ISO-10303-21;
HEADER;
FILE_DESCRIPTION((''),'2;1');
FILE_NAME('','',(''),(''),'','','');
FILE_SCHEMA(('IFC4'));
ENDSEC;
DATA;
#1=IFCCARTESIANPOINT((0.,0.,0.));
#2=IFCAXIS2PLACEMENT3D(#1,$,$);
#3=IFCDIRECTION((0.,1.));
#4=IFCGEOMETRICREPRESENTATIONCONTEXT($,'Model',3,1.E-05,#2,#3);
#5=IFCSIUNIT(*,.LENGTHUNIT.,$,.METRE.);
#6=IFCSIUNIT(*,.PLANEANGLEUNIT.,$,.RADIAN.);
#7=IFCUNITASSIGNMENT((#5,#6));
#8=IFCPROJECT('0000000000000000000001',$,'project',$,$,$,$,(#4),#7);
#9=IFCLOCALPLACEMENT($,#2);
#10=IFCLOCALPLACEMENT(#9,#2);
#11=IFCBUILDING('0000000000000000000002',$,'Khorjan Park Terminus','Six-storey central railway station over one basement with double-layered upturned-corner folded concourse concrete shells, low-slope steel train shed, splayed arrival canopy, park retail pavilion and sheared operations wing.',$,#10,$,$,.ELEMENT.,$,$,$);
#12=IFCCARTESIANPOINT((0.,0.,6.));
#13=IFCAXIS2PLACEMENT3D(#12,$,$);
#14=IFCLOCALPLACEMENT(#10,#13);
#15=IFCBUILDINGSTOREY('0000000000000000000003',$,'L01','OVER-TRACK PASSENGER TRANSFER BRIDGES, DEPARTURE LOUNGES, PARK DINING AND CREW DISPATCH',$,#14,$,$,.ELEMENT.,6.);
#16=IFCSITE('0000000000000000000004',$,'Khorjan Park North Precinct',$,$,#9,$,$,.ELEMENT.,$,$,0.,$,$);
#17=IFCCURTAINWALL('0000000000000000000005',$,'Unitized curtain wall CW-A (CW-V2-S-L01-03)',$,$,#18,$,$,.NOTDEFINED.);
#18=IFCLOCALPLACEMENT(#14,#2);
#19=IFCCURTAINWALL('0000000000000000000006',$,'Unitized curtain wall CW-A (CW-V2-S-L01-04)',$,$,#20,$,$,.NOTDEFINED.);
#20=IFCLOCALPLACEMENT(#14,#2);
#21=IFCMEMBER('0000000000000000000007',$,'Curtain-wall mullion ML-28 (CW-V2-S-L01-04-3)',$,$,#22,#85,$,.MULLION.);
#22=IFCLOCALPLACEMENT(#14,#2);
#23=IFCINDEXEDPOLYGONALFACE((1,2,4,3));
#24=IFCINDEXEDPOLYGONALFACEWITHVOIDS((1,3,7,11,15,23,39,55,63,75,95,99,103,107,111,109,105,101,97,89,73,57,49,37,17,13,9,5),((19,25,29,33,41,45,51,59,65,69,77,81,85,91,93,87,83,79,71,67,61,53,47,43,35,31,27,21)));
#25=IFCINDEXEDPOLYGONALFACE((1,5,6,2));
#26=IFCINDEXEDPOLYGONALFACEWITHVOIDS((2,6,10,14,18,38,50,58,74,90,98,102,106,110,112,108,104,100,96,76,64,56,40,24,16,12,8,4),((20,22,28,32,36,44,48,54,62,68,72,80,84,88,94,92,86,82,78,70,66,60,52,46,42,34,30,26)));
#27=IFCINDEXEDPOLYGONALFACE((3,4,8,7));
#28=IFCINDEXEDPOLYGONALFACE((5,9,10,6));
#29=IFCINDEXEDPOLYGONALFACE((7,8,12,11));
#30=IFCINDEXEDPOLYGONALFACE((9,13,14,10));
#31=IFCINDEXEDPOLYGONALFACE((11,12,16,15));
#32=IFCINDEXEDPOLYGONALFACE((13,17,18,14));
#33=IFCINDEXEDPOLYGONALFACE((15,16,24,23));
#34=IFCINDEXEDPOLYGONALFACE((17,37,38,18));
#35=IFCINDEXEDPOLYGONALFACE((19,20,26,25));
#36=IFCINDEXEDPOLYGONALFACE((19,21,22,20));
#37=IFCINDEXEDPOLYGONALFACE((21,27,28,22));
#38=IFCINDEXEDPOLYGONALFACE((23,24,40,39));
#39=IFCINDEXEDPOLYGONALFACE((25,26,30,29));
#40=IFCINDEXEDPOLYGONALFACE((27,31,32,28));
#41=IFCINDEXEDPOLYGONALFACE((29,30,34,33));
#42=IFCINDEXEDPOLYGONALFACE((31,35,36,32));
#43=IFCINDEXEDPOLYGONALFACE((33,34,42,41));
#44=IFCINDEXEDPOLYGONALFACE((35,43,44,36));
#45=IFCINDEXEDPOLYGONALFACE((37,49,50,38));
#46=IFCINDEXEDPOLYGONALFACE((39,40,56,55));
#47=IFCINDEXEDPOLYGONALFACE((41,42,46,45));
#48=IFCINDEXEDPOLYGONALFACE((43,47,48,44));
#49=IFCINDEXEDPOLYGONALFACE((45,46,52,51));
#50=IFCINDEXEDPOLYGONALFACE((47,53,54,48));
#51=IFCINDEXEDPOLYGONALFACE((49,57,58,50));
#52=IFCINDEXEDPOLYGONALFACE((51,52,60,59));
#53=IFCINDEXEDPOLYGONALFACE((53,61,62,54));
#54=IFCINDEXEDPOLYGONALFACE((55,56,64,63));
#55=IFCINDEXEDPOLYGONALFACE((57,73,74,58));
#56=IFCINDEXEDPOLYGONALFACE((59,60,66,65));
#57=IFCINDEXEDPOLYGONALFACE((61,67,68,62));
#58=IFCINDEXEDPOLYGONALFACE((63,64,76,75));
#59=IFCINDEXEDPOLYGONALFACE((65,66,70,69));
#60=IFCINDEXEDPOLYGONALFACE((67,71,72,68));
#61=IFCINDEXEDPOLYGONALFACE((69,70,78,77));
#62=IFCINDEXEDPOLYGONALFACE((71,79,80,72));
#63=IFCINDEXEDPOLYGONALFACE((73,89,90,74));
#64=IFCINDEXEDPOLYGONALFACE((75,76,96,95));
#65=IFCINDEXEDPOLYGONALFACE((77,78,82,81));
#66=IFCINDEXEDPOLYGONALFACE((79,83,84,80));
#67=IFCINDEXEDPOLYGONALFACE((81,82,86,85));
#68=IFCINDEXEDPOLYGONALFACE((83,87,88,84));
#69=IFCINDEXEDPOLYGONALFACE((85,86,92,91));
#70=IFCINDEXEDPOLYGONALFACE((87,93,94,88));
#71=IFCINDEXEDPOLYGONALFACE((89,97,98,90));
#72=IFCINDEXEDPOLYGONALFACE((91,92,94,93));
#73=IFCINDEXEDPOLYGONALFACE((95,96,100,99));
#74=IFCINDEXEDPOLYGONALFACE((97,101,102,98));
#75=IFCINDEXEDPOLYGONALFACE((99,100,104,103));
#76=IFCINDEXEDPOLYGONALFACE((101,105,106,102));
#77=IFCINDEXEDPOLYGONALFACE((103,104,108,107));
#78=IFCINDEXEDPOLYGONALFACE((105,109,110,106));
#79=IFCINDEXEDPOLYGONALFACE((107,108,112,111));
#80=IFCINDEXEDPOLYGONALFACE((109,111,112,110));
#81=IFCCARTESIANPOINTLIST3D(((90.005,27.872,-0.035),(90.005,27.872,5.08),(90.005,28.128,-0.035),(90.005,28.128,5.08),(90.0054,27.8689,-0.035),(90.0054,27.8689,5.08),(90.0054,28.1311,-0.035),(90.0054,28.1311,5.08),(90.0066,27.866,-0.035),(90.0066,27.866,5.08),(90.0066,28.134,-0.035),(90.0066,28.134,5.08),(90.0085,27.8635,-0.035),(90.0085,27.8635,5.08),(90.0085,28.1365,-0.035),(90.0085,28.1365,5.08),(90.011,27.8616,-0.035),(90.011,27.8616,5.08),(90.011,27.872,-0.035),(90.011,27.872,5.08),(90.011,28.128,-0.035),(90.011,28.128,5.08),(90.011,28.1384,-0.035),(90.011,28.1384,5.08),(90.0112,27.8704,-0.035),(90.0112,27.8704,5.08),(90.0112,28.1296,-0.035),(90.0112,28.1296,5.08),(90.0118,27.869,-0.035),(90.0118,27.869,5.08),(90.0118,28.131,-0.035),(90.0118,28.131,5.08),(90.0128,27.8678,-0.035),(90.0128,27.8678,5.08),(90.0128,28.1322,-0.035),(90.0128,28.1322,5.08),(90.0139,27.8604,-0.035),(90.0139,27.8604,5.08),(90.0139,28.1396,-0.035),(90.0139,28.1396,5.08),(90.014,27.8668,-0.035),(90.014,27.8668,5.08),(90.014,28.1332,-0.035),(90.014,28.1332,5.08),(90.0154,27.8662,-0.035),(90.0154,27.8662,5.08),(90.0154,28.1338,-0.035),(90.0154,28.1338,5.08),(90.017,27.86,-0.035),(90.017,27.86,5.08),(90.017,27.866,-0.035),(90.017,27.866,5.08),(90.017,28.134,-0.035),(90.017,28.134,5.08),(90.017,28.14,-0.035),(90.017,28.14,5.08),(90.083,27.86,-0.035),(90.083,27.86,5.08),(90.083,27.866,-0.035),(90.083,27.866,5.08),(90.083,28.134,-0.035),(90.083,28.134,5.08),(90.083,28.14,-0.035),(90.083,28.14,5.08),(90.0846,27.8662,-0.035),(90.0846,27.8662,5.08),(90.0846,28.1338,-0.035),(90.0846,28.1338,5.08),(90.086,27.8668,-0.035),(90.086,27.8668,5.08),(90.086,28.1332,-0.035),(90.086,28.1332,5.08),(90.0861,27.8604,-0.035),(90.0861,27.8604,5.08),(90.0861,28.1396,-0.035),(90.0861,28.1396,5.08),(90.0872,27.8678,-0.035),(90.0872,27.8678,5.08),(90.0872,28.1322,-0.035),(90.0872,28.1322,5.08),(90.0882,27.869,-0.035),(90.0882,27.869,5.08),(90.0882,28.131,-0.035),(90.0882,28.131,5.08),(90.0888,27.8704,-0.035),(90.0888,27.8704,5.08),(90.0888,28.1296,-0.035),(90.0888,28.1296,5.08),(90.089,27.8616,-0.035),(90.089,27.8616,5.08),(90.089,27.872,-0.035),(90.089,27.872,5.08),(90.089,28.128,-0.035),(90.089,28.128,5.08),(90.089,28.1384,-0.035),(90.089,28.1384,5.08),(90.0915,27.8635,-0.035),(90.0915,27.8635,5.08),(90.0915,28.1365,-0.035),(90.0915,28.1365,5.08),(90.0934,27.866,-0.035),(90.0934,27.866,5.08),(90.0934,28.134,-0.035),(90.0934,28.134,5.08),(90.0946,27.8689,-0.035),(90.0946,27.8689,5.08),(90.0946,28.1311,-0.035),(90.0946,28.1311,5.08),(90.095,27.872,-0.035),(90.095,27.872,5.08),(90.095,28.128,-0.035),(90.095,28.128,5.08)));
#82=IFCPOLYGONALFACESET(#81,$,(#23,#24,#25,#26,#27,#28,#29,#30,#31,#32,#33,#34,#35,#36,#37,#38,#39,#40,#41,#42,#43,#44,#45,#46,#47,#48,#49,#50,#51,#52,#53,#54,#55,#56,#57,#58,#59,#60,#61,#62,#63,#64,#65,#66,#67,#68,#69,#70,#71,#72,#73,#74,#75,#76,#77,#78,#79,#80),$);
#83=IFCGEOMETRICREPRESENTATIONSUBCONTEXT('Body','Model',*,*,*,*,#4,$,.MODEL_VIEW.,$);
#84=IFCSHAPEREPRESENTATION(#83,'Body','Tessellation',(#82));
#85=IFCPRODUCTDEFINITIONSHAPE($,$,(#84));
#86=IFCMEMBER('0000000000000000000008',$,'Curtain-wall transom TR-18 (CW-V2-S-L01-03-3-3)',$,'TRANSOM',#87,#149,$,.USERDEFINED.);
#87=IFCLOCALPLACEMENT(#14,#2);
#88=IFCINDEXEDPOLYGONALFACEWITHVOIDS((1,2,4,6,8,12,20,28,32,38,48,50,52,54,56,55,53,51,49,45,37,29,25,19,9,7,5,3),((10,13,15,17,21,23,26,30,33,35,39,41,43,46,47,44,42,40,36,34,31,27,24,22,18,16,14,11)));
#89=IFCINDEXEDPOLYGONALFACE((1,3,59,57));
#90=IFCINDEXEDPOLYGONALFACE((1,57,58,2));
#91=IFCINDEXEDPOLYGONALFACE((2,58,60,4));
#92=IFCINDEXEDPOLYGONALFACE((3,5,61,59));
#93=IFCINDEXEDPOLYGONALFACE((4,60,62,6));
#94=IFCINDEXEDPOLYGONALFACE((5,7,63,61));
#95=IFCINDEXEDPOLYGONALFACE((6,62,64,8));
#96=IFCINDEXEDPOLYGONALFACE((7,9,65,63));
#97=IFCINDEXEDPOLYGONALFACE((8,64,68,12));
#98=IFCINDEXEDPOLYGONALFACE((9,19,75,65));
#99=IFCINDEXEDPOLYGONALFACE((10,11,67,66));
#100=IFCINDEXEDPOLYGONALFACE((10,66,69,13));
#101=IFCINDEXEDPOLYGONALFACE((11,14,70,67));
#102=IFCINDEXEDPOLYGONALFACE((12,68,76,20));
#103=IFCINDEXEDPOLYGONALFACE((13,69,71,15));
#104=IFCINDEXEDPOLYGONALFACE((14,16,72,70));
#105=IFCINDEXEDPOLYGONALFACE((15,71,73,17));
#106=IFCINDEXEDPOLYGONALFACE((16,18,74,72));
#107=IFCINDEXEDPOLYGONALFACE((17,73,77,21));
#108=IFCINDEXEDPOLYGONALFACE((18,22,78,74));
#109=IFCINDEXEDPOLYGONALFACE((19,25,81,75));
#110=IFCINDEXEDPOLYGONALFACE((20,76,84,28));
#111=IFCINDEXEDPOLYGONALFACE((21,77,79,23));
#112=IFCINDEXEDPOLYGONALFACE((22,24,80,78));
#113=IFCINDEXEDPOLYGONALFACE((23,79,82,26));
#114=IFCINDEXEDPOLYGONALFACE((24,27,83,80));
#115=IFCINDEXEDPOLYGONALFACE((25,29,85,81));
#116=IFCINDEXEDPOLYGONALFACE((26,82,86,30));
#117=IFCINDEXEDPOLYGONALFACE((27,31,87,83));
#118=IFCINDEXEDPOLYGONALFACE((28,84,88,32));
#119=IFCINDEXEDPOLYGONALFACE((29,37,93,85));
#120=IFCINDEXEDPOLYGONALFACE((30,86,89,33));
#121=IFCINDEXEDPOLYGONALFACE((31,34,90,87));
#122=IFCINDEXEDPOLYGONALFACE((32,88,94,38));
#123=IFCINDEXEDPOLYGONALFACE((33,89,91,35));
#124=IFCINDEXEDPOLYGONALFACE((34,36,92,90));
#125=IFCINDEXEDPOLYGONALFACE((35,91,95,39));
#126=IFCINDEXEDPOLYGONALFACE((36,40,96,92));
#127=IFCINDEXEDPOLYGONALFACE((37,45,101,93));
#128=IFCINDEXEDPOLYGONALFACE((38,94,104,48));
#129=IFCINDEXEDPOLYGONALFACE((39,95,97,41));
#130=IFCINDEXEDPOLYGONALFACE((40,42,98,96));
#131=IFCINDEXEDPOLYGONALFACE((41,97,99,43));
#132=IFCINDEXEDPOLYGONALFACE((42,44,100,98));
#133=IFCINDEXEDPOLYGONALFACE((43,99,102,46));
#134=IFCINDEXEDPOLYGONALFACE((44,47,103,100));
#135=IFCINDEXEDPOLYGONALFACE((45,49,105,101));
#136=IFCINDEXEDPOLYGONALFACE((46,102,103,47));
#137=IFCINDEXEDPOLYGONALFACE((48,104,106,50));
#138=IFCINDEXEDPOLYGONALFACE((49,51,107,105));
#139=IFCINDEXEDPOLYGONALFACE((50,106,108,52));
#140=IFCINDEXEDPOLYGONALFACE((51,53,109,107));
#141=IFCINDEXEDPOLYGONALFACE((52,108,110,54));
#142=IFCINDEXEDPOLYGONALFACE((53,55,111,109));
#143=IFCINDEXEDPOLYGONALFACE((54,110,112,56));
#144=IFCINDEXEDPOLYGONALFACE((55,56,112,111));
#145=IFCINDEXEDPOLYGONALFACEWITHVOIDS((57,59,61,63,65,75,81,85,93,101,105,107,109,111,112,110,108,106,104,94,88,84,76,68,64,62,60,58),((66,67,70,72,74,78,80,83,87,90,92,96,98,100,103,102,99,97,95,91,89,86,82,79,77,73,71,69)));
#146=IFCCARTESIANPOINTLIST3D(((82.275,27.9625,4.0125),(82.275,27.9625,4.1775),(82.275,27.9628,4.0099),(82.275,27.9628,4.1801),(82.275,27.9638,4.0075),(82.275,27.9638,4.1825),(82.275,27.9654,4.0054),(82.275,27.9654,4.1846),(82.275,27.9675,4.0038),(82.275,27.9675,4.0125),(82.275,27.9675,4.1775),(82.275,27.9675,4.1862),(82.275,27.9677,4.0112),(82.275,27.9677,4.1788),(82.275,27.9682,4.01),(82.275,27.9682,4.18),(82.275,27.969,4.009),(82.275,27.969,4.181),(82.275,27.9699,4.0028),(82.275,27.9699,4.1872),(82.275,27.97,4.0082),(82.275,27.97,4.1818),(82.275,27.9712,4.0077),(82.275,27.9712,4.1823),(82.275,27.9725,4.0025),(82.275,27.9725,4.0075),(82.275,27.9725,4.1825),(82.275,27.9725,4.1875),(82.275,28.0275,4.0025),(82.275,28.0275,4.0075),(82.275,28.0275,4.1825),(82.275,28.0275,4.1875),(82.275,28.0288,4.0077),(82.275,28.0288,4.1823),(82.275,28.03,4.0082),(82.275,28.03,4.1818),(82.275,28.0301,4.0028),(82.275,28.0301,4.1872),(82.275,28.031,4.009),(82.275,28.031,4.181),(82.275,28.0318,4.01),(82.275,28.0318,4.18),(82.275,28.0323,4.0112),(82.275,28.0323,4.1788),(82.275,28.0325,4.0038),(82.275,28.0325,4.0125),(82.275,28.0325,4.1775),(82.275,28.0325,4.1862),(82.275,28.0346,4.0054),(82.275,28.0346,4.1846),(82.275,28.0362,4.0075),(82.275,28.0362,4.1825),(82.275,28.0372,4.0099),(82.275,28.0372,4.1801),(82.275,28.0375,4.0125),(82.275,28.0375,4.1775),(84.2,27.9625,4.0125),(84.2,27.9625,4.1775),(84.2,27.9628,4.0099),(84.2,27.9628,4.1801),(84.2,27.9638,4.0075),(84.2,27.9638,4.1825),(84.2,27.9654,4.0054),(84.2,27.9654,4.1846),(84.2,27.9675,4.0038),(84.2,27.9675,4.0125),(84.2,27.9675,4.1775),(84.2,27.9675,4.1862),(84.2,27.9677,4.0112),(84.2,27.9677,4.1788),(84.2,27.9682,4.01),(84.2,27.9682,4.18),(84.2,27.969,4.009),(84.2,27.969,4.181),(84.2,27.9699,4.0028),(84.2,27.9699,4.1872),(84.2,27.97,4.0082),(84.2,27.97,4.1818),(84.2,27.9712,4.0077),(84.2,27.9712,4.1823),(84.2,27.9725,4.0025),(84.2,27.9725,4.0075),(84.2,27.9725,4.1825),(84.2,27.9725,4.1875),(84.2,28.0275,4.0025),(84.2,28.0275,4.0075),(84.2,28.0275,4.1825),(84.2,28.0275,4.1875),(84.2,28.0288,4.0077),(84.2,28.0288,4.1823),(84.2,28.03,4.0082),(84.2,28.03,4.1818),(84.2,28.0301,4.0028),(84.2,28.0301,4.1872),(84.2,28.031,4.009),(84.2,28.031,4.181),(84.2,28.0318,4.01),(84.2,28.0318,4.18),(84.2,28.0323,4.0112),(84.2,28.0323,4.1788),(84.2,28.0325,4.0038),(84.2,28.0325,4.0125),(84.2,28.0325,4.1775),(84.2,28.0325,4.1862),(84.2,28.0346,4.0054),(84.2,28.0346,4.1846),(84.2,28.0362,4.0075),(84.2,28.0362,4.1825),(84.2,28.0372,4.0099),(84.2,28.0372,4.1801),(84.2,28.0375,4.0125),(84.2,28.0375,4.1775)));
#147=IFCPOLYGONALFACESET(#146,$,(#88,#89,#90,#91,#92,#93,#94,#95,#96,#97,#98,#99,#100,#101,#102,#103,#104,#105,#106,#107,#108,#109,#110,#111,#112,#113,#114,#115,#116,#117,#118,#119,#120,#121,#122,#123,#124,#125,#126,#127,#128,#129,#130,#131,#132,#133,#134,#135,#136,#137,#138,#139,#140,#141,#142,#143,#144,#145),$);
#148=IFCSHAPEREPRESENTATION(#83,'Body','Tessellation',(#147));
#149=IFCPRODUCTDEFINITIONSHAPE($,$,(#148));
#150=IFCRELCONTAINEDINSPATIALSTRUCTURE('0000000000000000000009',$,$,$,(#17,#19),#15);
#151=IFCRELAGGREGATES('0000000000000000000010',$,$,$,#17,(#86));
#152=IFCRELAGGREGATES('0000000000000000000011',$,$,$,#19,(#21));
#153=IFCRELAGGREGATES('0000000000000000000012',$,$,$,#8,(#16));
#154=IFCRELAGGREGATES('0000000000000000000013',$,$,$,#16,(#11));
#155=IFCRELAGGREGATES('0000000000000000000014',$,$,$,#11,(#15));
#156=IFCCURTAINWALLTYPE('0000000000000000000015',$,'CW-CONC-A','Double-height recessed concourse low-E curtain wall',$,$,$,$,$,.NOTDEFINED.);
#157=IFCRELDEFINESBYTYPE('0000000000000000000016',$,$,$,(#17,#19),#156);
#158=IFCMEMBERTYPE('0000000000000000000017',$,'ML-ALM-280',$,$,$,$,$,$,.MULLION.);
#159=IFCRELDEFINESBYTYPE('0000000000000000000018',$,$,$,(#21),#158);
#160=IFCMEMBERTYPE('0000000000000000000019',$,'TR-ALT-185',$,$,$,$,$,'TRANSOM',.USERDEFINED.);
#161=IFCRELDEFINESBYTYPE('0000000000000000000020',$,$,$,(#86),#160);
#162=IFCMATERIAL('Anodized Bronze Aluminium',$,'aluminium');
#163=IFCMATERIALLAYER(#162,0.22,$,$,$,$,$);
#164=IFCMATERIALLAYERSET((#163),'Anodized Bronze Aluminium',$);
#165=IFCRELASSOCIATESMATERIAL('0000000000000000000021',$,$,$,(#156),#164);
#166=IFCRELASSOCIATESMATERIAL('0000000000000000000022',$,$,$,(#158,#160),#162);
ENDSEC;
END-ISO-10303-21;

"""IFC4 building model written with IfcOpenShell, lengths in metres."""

from ifc_helpers import new_model, si_unit, direction, frame, origin, origin_2d, place, context, subcontext, project, spatial, hollow_rectangle, extrude, material, layer, layer_set, material_profile, profile_set, type_object, element, aggregate, save


model = new_model("IFC4")

# Units and contexts
model_context = context("Model", 3, precision=1e-05, world=origin(), true_north=direction((0.0, 1.0)))
body_context = subcontext(model_context, "Body", "Model", "MODEL_VIEW")
ifc_project = project(units=[si_unit("LENGTHUNIT", "METRE"), si_unit("PLANEANGLEUNIT", "RADIAN")], contexts=[model_context])

# Site, building, storey
site_placement = place(None, origin())
site = spatial("IfcSite", under=ifc_project, at=site_placement, Name="Khorjan Park North Precinct", CompositionType="ELEMENT", RefElevation=0.0)
building_placement = place(site_placement, origin())
building = spatial("IfcBuilding", under=site, at=building_placement, Name="Khorjan Park Terminus", Description="Six-storey central railway station over one basement with double-layered upturned-corner folded concourse concrete shells, low-slope steel train shed, splayed arrival canopy, park retail pavilion and sheared operations wing.", CompositionType="ELEMENT")
storey_placement = place(building_placement, frame((0.0, 0.0, 6.0)))
storey = spatial("IfcBuildingStorey", under=building, at=storey_placement, Name="L01", Description="OVER-TRACK PASSENGER TRANSFER BRIDGES, DEPARTURE LOUNGES, PARK DINING AND CREW DISPATCH", CompositionType="ELEMENT", Elevation=6.0)

# Curtain wall
ifc_material_1 = material(Name="Anodized Bronze Aluminium", Category="aluminium")
ifc_layer_1 = layer(ifc_material_1, 0.22)
ifc_layer_set_1 = layer_set([ifc_layer_1], Name="Anodized Bronze Aluminium")
curtain_wall_type = type_object("IfcCurtainWallType", Name="CW-CONC-A", Description="Double-height recessed concourse low-E curtain wall", PredefinedType="NOTDEFINED", material=ifc_layer_set_1)
curtain_wall_1_placement = place(storey_placement, origin())
curtain_wall_1 = element("IfcCurtainWall", 1, at=curtain_wall_1_placement, inside=storey, type_object=curtain_wall_type, Name="Unitized curtain wall CW-A (CW-V2-S-L01-03)", PredefinedType="NOTDEFINED")
ifc_material_profile_1 = material_profile(ifc_material_1, hollow_rectangle(XDim=0.09, YDim=0.28, WallThickness=0.006, InnerFilletRadius=0.006, OuterFilletRadius=0.012, at=origin_2d()), Name="ALM 90x280x6")
ifc_profile_set_1 = profile_set([ifc_material_profile_1], Name="Anodized Bronze Aluminium")
member_type_1 = type_object("IfcMemberType", Name="ML-ALM-280", PredefinedType="MULLION", material=ifc_profile_set_1)

# Curtain wall, member
curtain_wall_2_placement = place(storey_placement, origin())
curtain_wall_2 = element("IfcCurtainWall", 2, at=curtain_wall_2_placement, inside=storey, type_object=curtain_wall_type, Name="Unitized curtain wall CW-A (CW-V2-S-L01-04)", PredefinedType="NOTDEFINED")
member_1_placement = place(storey_placement, frame((90.05, 28.0, -0.035), z_axis=(0.0, 0.0, 1.0), x_axis=(1.0, 0.0, 0.0)))
member_1 = element("IfcMember", 3, at=member_1_placement, type_object=member_type_1, Name="Curtain-wall mullion ML-28 (CW-V2-S-L01-04-3)", PredefinedType="MULLION", context=body_context, shape_type="SweptSolid", body=[
    extrude(hollow_rectangle(XDim=0.09, YDim=0.28, WallThickness=0.006, InnerFilletRadius=0.006, OuterFilletRadius=0.012, at=origin_2d()), origin(), (0.0, 0.0, 1.0), 5.115),
])

# Member
ifc_material_profile_2 = material_profile(ifc_material_1, hollow_rectangle(XDim=0.075, YDim=0.185, WallThickness=0.005, InnerFilletRadius=0.005, OuterFilletRadius=0.01, at=origin_2d()), Name="ALT 75x185x5")
ifc_profile_set_2 = profile_set([ifc_material_profile_2], Name="Anodized Bronze Aluminium")
member_type_2 = type_object("IfcMemberType", Name="TR-ALT-185", ElementType="TRANSOM", PredefinedType="USERDEFINED", material=ifc_profile_set_2)
member_2_placement = place(storey_placement, frame((82.275, 28.0, 4.095), z_axis=(1.0, 0.0, 0.0), x_axis=(0.0, 1.0, 0.0)))
member_2 = element("IfcMember", 4, at=member_2_placement, type_object=member_type_2, Name="Curtain-wall transom TR-18 (CW-V2-S-L01-03-3-3)", ObjectType="TRANSOM", PredefinedType="USERDEFINED", context=body_context, shape_type="SweptSolid", body=[
    extrude(hollow_rectangle(XDim=0.075, YDim=0.185, WallThickness=0.005, InnerFilletRadius=0.005, OuterFilletRadius=0.01, at=origin_2d()), origin(), (0.0, 0.0, 1.0), 1.925),
])

aggregate(curtain_wall_1, [member_2])
aggregate(curtain_wall_2, [member_1])

save(model, "model.ifc")
